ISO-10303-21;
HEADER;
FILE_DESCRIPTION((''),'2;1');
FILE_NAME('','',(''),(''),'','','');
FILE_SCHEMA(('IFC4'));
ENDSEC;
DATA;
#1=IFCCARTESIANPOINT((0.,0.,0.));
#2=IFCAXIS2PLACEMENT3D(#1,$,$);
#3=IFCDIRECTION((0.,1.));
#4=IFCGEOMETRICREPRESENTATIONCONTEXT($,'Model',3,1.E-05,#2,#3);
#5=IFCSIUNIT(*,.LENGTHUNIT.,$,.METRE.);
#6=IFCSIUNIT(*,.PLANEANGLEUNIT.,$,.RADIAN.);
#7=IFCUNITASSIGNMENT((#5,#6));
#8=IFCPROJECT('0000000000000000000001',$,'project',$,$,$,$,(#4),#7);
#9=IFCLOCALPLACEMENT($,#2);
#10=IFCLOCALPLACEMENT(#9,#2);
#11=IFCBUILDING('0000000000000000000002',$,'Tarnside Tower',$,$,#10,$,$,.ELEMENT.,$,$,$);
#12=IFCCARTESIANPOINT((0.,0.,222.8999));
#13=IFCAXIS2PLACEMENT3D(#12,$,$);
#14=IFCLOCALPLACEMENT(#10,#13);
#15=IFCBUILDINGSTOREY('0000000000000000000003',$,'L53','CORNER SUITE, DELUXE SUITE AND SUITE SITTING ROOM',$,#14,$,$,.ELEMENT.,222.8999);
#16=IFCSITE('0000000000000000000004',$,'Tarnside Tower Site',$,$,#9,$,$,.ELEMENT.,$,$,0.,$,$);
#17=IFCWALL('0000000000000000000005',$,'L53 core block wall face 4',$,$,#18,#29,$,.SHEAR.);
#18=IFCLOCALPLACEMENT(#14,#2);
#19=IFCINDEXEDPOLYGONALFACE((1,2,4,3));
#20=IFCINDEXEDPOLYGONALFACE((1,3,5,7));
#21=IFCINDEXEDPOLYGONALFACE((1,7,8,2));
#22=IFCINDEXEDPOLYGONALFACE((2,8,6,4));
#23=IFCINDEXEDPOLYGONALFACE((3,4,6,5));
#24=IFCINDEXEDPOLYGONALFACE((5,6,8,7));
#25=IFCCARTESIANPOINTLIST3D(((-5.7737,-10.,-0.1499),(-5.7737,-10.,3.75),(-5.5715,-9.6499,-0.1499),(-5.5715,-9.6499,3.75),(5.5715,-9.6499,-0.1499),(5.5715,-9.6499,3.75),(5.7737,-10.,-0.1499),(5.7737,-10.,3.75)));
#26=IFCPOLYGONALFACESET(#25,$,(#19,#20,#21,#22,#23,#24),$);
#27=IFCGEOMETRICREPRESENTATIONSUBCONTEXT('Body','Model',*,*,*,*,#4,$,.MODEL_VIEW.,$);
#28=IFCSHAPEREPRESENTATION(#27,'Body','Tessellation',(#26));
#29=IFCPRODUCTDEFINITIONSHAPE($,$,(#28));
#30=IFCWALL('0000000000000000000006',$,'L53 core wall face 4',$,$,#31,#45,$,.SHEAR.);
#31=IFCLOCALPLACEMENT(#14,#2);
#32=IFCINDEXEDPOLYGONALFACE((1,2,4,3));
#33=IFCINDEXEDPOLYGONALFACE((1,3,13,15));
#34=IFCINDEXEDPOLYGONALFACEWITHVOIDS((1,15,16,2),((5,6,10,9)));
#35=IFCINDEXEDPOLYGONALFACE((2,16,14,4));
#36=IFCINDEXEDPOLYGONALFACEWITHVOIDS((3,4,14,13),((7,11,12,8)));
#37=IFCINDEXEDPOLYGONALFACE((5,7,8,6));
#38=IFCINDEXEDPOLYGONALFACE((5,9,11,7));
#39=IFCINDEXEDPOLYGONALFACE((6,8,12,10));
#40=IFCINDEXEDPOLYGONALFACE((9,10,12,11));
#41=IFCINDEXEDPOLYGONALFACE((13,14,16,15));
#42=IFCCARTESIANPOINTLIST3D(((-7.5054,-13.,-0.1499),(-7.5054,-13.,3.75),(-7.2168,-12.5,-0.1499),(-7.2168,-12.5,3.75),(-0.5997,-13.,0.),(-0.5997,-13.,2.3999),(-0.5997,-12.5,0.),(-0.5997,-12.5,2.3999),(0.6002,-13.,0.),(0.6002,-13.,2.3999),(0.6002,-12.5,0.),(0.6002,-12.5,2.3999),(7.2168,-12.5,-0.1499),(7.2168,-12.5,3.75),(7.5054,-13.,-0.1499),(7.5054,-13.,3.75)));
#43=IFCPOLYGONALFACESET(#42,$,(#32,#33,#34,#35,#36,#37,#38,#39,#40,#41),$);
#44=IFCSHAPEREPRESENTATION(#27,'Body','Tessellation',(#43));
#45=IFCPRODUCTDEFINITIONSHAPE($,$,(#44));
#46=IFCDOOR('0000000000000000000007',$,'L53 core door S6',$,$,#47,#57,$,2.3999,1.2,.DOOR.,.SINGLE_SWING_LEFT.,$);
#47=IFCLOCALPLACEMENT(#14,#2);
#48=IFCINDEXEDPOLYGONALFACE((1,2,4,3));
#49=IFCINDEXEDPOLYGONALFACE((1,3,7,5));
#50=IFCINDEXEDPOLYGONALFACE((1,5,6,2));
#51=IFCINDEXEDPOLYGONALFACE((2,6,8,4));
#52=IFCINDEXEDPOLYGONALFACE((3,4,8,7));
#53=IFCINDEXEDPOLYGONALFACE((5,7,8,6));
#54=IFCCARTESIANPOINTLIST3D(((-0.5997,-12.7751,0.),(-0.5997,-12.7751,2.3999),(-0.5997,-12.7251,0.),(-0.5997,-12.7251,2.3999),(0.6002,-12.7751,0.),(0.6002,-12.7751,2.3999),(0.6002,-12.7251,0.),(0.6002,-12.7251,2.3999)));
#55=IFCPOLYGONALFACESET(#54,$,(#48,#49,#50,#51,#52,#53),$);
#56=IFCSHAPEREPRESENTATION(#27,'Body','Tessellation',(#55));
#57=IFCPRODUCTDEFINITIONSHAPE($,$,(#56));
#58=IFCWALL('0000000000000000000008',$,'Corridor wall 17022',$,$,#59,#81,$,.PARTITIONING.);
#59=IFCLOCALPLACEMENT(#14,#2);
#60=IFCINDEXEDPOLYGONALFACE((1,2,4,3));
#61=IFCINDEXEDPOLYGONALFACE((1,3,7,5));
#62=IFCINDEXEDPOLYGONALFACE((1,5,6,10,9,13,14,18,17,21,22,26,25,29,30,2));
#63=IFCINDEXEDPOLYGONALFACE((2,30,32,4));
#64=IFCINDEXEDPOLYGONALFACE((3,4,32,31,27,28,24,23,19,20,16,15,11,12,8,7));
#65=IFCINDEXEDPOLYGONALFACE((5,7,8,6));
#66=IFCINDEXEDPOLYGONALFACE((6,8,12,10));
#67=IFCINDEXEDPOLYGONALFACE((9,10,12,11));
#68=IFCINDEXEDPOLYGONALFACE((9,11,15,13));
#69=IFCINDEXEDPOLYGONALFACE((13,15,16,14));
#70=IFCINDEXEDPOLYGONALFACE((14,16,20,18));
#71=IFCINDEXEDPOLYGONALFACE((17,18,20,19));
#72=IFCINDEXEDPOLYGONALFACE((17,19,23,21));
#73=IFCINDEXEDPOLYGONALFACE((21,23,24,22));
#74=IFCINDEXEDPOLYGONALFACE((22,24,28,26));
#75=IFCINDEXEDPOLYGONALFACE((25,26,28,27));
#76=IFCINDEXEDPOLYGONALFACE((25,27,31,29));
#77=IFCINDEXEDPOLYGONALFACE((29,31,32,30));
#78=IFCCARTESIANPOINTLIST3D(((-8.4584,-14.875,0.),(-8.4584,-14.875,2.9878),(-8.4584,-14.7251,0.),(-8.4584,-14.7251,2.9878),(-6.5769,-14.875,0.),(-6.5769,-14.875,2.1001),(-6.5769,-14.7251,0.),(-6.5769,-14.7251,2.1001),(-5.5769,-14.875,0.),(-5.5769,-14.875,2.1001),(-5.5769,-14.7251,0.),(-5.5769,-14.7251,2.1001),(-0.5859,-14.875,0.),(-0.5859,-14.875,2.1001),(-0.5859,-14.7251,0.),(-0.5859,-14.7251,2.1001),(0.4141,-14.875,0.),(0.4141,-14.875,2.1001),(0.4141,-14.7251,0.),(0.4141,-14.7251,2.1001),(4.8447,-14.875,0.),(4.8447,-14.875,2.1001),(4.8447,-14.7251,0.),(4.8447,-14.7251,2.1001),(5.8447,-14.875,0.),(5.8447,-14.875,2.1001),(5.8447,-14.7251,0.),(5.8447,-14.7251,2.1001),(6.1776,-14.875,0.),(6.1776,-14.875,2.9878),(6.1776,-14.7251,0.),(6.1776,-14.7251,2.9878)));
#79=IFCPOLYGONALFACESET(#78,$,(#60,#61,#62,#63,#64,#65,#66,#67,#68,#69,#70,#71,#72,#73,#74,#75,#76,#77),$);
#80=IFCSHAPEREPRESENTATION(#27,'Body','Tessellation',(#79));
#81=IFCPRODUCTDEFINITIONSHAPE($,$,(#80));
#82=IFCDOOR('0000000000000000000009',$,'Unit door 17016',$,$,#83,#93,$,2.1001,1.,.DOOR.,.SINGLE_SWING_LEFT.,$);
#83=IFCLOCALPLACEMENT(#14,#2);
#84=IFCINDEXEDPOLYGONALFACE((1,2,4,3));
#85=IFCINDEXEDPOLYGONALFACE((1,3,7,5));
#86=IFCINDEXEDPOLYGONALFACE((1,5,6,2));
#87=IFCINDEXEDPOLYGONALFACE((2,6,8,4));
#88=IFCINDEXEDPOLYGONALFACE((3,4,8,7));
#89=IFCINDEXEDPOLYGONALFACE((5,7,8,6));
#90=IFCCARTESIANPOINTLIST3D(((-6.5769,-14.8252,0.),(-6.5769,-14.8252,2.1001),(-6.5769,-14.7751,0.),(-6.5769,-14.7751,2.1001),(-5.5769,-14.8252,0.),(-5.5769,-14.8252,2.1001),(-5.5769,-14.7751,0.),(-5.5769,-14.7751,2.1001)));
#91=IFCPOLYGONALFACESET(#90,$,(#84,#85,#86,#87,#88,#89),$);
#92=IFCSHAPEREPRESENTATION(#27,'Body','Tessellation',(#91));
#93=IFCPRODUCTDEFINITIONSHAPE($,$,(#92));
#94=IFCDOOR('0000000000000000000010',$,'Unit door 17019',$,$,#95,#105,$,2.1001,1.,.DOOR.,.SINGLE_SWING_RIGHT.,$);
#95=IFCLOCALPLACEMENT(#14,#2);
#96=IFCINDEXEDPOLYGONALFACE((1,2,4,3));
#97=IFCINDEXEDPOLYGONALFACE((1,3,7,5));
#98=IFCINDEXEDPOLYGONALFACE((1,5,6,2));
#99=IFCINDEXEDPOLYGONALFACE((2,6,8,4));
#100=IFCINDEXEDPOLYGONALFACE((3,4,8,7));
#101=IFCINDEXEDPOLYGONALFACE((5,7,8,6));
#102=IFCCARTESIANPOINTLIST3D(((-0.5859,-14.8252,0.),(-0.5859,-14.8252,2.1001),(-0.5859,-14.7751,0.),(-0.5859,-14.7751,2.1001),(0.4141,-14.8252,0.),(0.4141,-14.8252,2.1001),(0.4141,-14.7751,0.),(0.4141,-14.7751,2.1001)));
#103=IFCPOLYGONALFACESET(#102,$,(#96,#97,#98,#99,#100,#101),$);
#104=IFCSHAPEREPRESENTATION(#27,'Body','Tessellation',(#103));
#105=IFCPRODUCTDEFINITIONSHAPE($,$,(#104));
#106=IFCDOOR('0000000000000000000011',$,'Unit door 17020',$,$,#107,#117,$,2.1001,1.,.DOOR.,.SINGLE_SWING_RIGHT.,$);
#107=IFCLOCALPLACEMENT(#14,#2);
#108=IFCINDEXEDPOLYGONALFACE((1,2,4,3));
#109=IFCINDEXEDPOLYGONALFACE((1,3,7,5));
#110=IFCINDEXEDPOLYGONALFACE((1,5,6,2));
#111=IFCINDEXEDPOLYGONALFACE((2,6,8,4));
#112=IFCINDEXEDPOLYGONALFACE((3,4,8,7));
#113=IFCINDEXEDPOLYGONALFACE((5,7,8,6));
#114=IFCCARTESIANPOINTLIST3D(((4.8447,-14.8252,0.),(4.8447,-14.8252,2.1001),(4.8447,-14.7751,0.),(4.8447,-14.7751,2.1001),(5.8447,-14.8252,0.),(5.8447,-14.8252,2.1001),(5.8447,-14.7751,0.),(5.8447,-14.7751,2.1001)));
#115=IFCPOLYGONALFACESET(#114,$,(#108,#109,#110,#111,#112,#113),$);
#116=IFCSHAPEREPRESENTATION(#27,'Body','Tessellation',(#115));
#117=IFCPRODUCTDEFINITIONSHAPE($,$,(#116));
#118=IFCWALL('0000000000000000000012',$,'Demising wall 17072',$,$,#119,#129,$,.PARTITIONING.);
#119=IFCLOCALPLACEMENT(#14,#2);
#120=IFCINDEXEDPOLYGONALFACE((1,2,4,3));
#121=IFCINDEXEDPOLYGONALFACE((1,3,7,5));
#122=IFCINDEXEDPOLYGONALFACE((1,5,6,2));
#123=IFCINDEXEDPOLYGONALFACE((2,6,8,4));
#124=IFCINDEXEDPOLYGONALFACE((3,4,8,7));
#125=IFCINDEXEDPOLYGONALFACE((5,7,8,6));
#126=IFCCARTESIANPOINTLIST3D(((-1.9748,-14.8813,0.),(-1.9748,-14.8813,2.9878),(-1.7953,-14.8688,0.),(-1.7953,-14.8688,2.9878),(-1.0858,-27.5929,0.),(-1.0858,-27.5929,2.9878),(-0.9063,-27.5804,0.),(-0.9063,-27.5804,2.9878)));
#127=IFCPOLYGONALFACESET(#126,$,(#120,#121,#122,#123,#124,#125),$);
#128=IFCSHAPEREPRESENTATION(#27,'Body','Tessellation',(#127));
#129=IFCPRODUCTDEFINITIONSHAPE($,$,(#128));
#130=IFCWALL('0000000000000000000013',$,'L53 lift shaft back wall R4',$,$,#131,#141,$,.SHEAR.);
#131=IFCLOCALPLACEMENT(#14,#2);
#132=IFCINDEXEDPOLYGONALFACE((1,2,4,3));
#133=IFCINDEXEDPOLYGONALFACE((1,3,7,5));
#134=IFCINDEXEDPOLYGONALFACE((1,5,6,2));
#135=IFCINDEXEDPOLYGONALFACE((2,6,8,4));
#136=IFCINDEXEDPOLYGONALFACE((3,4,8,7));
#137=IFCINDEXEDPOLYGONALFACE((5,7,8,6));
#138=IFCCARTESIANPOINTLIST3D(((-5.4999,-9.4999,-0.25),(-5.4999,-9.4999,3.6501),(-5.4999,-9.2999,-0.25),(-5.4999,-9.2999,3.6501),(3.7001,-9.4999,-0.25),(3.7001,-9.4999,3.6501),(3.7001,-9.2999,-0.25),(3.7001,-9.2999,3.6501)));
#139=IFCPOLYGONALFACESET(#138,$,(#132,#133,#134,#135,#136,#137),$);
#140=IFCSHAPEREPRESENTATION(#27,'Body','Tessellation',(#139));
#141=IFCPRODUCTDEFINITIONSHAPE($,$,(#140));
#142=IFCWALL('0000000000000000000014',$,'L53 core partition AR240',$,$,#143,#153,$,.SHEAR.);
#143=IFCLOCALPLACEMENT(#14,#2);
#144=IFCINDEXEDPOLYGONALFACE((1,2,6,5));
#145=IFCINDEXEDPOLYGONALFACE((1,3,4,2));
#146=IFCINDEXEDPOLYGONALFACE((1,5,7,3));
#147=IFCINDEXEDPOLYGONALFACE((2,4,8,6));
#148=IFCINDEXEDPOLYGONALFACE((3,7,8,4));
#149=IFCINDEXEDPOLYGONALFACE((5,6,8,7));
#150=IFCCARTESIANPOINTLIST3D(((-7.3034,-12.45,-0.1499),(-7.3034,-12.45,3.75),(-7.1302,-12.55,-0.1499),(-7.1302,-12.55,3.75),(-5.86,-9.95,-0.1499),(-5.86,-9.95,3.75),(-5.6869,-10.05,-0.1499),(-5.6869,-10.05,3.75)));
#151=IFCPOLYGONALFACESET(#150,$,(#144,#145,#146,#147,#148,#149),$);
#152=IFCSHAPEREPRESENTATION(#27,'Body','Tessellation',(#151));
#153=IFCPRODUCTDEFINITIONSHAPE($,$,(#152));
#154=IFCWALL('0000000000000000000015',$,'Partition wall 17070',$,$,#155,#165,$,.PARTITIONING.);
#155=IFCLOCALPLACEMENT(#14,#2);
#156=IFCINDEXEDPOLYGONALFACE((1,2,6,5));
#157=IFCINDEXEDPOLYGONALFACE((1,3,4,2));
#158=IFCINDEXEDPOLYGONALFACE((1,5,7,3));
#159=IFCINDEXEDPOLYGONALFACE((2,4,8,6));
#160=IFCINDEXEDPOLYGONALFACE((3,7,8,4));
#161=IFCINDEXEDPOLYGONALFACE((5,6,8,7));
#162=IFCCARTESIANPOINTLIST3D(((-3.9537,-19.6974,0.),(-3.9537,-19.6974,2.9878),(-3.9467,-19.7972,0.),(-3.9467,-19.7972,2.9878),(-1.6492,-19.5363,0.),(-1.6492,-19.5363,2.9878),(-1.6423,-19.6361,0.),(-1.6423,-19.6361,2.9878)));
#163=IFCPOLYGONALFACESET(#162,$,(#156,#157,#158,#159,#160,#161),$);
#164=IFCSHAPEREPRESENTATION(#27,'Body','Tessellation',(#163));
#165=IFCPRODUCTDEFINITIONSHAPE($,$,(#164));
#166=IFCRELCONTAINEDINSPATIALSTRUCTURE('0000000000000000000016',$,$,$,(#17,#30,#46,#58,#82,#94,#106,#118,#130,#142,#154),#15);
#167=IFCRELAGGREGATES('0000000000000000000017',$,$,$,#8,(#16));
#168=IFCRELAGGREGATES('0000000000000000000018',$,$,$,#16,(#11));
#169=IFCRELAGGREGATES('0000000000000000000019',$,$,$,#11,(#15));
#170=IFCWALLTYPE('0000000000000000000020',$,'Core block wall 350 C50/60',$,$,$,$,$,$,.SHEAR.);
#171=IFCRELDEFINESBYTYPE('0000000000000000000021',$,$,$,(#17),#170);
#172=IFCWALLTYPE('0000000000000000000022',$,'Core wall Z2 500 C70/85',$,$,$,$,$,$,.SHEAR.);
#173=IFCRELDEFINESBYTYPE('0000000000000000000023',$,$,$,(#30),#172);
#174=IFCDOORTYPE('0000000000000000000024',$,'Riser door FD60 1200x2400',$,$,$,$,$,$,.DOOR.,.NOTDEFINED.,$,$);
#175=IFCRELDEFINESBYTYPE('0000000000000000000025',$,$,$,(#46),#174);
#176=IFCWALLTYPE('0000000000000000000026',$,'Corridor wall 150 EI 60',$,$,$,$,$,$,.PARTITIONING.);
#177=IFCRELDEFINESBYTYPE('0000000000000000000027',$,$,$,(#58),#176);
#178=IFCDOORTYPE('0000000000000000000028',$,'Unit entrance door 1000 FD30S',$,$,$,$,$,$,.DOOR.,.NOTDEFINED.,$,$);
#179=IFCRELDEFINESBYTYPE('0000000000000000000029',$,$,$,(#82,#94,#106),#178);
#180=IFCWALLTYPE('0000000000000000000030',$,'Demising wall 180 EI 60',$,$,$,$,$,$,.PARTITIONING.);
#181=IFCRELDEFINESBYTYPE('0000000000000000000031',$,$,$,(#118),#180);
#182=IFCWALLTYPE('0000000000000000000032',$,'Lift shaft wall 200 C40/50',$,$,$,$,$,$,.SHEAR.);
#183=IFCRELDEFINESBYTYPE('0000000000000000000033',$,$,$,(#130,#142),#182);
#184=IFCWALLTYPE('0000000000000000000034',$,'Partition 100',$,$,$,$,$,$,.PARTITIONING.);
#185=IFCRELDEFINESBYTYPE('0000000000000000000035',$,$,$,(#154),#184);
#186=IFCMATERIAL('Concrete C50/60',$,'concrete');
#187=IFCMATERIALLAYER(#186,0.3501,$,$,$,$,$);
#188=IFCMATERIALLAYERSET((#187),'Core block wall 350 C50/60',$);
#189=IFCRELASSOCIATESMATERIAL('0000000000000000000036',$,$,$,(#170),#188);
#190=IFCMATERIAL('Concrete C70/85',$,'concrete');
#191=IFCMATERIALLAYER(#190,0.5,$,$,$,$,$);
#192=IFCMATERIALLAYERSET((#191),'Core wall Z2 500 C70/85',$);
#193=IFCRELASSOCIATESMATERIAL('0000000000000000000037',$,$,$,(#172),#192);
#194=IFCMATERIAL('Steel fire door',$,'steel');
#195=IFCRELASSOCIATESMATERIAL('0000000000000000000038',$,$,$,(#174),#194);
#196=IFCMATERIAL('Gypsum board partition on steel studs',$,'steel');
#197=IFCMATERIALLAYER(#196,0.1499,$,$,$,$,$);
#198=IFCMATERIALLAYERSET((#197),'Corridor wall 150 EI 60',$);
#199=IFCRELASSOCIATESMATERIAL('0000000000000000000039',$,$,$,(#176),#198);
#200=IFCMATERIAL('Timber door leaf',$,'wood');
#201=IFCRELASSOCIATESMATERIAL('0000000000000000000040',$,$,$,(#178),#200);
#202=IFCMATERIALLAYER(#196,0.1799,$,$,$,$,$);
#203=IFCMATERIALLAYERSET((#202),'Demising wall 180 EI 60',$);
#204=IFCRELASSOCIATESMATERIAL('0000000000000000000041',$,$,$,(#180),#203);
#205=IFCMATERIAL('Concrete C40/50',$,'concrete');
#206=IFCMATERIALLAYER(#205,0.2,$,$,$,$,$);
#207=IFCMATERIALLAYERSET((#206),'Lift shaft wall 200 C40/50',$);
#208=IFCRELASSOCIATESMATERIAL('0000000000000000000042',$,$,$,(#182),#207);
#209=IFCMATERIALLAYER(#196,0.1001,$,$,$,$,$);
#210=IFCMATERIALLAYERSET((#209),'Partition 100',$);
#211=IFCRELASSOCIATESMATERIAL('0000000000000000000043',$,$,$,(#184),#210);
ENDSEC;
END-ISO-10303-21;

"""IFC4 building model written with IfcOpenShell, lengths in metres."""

from ifc_helpers import new_model, si_unit, direction, frame, frame_2d, origin, place, context, subcontext, project, spatial, polyline, rectangle, outline, extrude, material, layer, layer_set, type_object, element, fill, save


model = new_model("IFC4")

# Units and contexts
model_context = context("Model", 3, precision=1e-05, world=origin(), true_north=direction((0.0, 1.0)))
body_context = subcontext(model_context, "Body", "Model", "MODEL_VIEW")
ifc_project = project(units=[si_unit("LENGTHUNIT", "METRE"), si_unit("PLANEANGLEUNIT", "RADIAN")], contexts=[model_context])

# Site, building, storey
site_placement = place(None, origin())
site = spatial("IfcSite", under=ifc_project, at=site_placement, Name="Tarnside Tower Site", CompositionType="ELEMENT", RefElevation=0.0)
building_placement = place(site_placement, origin())
building = spatial("IfcBuilding", under=site, at=building_placement, Name="Tarnside Tower", CompositionType="ELEMENT")
storey_placement = place(building_placement, frame((0.0, 0.0, 222.8999)))
storey = spatial("IfcBuildingStorey", under=building, at=storey_placement, Name="L53", Description="CORNER SUITE, DELUXE SUITE AND SUITE SITTING ROOM", CompositionType="ELEMENT", Elevation=222.8999)

# Shared definitions
ifc_material_1 = material(Name="Gypsum board partition on steel studs", Category="steel")
ifc_material_2 = material(Name="Timber door leaf", Category="wood")

# Wall
ifc_material_3 = material(Name="Concrete C50/60", Category="concrete")
ifc_layer_1 = layer(ifc_material_3, 0.3501)
ifc_layer_set_1 = layer_set([ifc_layer_1], Name="Core block wall 350 C50/60")
wall_type_1 = type_object("IfcWallType", Name="Core block wall 350 C50/60", PredefinedType="SHEAR", material=ifc_layer_set_1)
wall_1_placement = place(storey_placement, frame((-5.6726, -9.825, -0.1499), z_axis=(0.0, 0.0, 1.0), x_axis=(1.0, 0.0, 0.0)))
element("IfcWall", 1, at=wall_1_placement, inside=storey, type_object=wall_type_1, Name="L53 core block wall face 4", PredefinedType="SHEAR", context=body_context, shape_type="SweptSolid", body=[
    extrude(outline(polyline([(-0.1011, -0.175), (11.4463, -0.175), (11.2441, 0.175), (0.1011, 0.175), (-0.1011, -0.175)])), origin(), (0.0, 0.0, 1.0), 3.8999),
])

# Wall, opening, door
ifc_material_4 = material(Name="Concrete C70/85", Category="concrete")
ifc_layer_2 = layer(ifc_material_4, 0.5)
ifc_layer_set_2 = layer_set([ifc_layer_2], Name="Core wall Z2 500 C70/85")
wall_type_2 = type_object("IfcWallType", Name="Core wall Z2 500 C70/85", PredefinedType="SHEAR", material=ifc_layer_set_2)
wall_2_placement = place(storey_placement, frame((-7.3611, -12.75, -0.1499), z_axis=(0.0, 0.0, 1.0), x_axis=(1.0, 0.0, 0.0)))
wall_2 = element("IfcWall", 2, at=wall_2_placement, inside=storey, type_object=wall_type_2, Name="L53 core wall face 4", PredefinedType="SHEAR", context=body_context, shape_type="SweptSolid", body=[
    extrude(outline(polyline([(-0.1443, -0.25), (14.8665, -0.25), (14.5779, 0.25), (0.1443, 0.25), (-0.1443, -0.25)])), origin(), (0.0, 0.0, 1.0), 3.8999),
])
opening_1_placement = place(wall_2_placement, frame((6.7612, 0.0, 0.1499)))
opening_1 = element("IfcOpeningElement", 3, at=opening_1_placement, cuts=wall_2, PredefinedType="OPENING", context=body_context, shape_type="SweptSolid", body=[
    extrude(rectangle(XDim=1.2, YDim=2.3999, at=frame_2d((0.6001, 1.2))), frame((0.0, 0.26, 0.0), z_axis=(0.0, -1.0, 0.0), x_axis=(1.0, 0.0, 0.0)), (0.0, 0.0, 1.0), 0.52),
])
ifc_material_5 = material(Name="Steel fire door", Category="steel")
door_type_1 = type_object("IfcDoorType", Name="Riser door FD60 1200x2400", OperationType="NOTDEFINED", PredefinedType="DOOR", material=ifc_material_5)
door_1_placement = place(opening_1_placement, origin())
door_1 = element("IfcDoor", 4, at=door_1_placement, inside=storey, type_object=door_type_1, Name="L53 core door S6", OperationType="SINGLE_SWING_LEFT", OverallHeight=2.3999, OverallWidth=1.2, PredefinedType="DOOR", context=body_context, shape_type="SweptSolid", body=[
    extrude(rectangle(XDim=1.2, YDim=2.3999, at=frame_2d((0.6001, 1.2))), frame((0.0, 0.0249, 0.0), z_axis=(0.0, -1.0, 0.0), x_axis=(1.0, 0.0, 0.0)), (0.0, 0.0, 1.0), 0.05),
])
fill(opening_1, door_1)

# Wall, openings, doors
ifc_layer_3 = layer(ifc_material_1, 0.1499)
ifc_layer_set_3 = layer_set([ifc_layer_3], Name="Corridor wall 150 EI 60")
wall_type_3 = type_object("IfcWallType", Name="Corridor wall 150 EI 60", PredefinedType="PARTITIONING", material=ifc_layer_set_3)
wall_3_placement = place(storey_placement, frame((-8.4583, -14.8, 0.0), z_axis=(0.0, 0.0, 1.0), x_axis=(1.0, 0.0, 0.0)))
wall_3 = element("IfcWall", 5, at=wall_3_placement, inside=storey, type_object=wall_type_3, Name="Corridor wall 17022", PredefinedType="PARTITIONING", context=body_context, shape_type="SweptSolid", body=[
    extrude(rectangle(XDim=14.636, YDim=0.1499, at=frame_2d((7.3179, 0.0))), origin(), (0.0, 0.0, 1.0), 2.9878),
])
opening_2_placement = place(wall_3_placement, frame((1.8813, 0.0, 0.0)))
opening_2 = element("IfcOpeningElement", 6, at=opening_2_placement, cuts=wall_3, PredefinedType="OPENING", context=body_context, shape_type="SweptSolid", body=[
    extrude(rectangle(XDim=1.0, YDim=2.1001, at=frame_2d((0.5, 1.05))), frame((0.0, 0.085, 0.0), z_axis=(0.0, -1.0, 0.0), x_axis=(1.0, 0.0, 0.0)), (0.0, 0.0, 1.0), 0.1699),
])
opening_3_placement = place(wall_3_placement, frame((7.8723, 0.0, 0.0)))
opening_3 = element("IfcOpeningElement", 7, at=opening_3_placement, cuts=wall_3, PredefinedType="OPENING", context=body_context, shape_type="SweptSolid", body=[
    extrude(rectangle(XDim=1.0, YDim=2.1001, at=frame_2d((0.5, 1.05))), frame((0.0, 0.085, 0.0), z_axis=(0.0, -1.0, 0.0), x_axis=(1.0, 0.0, 0.0)), (0.0, 0.0, 1.0), 0.1699),
])
opening_4_placement = place(wall_3_placement, frame((13.303, 0.0, 0.0)))
opening_4 = element("IfcOpeningElement", 8, at=opening_4_placement, cuts=wall_3, PredefinedType="OPENING", context=body_context, shape_type="SweptSolid", body=[
    extrude(rectangle(XDim=1.0, YDim=2.1001, at=frame_2d((0.5, 1.05))), frame((0.0, 0.085, 0.0), z_axis=(0.0, -1.0, 0.0), x_axis=(1.0, 0.0, 0.0)), (0.0, 0.0, 1.0), 0.1699),
])
door_type_2 = type_object("IfcDoorType", Name="Unit entrance door 1000 FD30S", OperationType="NOTDEFINED", PredefinedType="DOOR", material=ifc_material_2)
door_2_placement = place(opening_2_placement, origin())
door_2 = element("IfcDoor", 9, at=door_2_placement, inside=storey, type_object=door_type_2, Name="Unit door 17016", OperationType="SINGLE_SWING_LEFT", OverallHeight=2.1001, OverallWidth=1.0, PredefinedType="DOOR", context=body_context, shape_type="SweptSolid", body=[
    extrude(rectangle(XDim=1.0, YDim=2.1001, at=frame_2d((0.5, 1.05))), frame((0.0, 0.0249, 0.0), z_axis=(0.0, -1.0, 0.0), x_axis=(1.0, 0.0, 0.0)), (0.0, 0.0, 1.0), 0.05),
])
fill(opening_2, door_2)
door_3_placement = place(opening_3_placement, origin())
door_3 = element("IfcDoor", 10, at=door_3_placement, inside=storey, type_object=door_type_2, Name="Unit door 17019", OperationType="SINGLE_SWING_RIGHT", OverallHeight=2.1001, OverallWidth=1.0, PredefinedType="DOOR", context=body_context, shape_type="SweptSolid", body=[
    extrude(rectangle(XDim=1.0, YDim=2.1001, at=frame_2d((0.5, 1.05))), frame((0.0, 0.0249, 0.0), z_axis=(0.0, -1.0, 0.0), x_axis=(1.0, 0.0, 0.0)), (0.0, 0.0, 1.0), 0.05),
])
fill(opening_3, door_3)
door_4_placement = place(opening_4_placement, origin())
door_4 = element("IfcDoor", 11, at=door_4_placement, inside=storey, type_object=door_type_2, Name="Unit door 17020", OperationType="SINGLE_SWING_RIGHT", OverallHeight=2.1001, OverallWidth=1.0, PredefinedType="DOOR", context=body_context, shape_type="SweptSolid", body=[
    extrude(rectangle(XDim=1.0, YDim=2.1001, at=frame_2d((0.5, 1.05))), frame((0.0, 0.0249, 0.0), z_axis=(0.0, -1.0, 0.0), x_axis=(1.0, 0.0, 0.0)), (0.0, 0.0, 1.0), 0.05),
])
fill(opening_4, door_4)

# Walls
ifc_layer_4 = layer(ifc_material_1, 0.1799)
ifc_layer_set_4 = layer_set([ifc_layer_4], Name="Demising wall 180 EI 60")
wall_type_4 = type_object("IfcWallType", Name="Demising wall 180 EI 60", PredefinedType="PARTITIONING", material=ifc_layer_set_4)
wall_4_placement = place(storey_placement, frame((-0.9961, -27.5867, 0.0), z_axis=(0.0, 0.0, 1.0), x_axis=(-0.069759, 0.997564, 0.0)))
element("IfcWall", 12, at=wall_4_placement, inside=storey, type_object=wall_type_4, Name="Demising wall 17072", PredefinedType="PARTITIONING", context=body_context, shape_type="SweptSolid", body=[
    extrude(rectangle(XDim=12.7427, YDim=0.1799, at=frame_2d((6.3713, 0.0))), origin(), (0.0, 0.0, 1.0), 2.9878),
])
ifc_material_6 = material(Name="Concrete C40/50", Category="concrete")
ifc_layer_5 = layer(ifc_material_6, 0.2)
ifc_layer_set_5 = layer_set([ifc_layer_5], Name="Lift shaft wall 200 C40/50")
wall_type_5 = type_object("IfcWallType", Name="Lift shaft wall 200 C40/50", PredefinedType="SHEAR", material=ifc_layer_set_5)
wall_5_placement = place(storey_placement, frame((-5.5, -9.3999, -0.25), z_axis=(0.0, 0.0, 1.0), x_axis=(1.0, 0.0, 0.0)))
element("IfcWall", 13, at=wall_5_placement, inside=storey, type_object=wall_type_5, Name="L53 lift shaft back wall R4", PredefinedType="SHEAR", context=body_context, shape_type="SweptSolid", body=[
    extrude(rectangle(XDim=9.2, YDim=0.2, at=frame_2d((4.6001, 0.0))), origin(), (0.0, 0.0, 1.0), 3.9001),
])
wall_6_placement = place(storey_placement, frame((-5.7734, -10.0, -0.1499), z_axis=(0.0, 0.0, 1.0), x_axis=(-0.499996, -0.866028, 0.0)))
element("IfcWall", 14, at=wall_6_placement, inside=storey, type_object=wall_type_5, Name="L53 core partition AR240", PredefinedType="SHEAR", context=body_context, shape_type="SweptSolid", body=[
    extrude(rectangle(XDim=2.8867, YDim=0.2, at=frame_2d((1.4434, 0.0))), origin(), (0.0, 0.0, 1.0), 3.8999),
])
ifc_layer_6 = layer(ifc_material_1, 0.1001)
ifc_layer_set_6 = layer_set([ifc_layer_6], Name="Partition 100")
wall_type_6 = type_object("IfcWallType", Name="Partition 100", PredefinedType="PARTITIONING", material=ifc_layer_set_6)
wall_7_placement = place(storey_placement, frame((-1.6458, -19.5862, 0.0), z_axis=(0.0, 0.0, 1.0), x_axis=(-0.997564, -0.069752, 0.0)))
element("IfcWall", 15, at=wall_7_placement, inside=storey, type_object=wall_type_6, Name="Partition wall 17070", PredefinedType="PARTITIONING", context=body_context, shape_type="SweptSolid", body=[
    extrude(rectangle(XDim=2.3101, YDim=0.1001, at=frame_2d((1.155, 0.0))), origin(), (0.0, 0.0, 1.0), 2.9878),
])

save(model, "model.ifc")
